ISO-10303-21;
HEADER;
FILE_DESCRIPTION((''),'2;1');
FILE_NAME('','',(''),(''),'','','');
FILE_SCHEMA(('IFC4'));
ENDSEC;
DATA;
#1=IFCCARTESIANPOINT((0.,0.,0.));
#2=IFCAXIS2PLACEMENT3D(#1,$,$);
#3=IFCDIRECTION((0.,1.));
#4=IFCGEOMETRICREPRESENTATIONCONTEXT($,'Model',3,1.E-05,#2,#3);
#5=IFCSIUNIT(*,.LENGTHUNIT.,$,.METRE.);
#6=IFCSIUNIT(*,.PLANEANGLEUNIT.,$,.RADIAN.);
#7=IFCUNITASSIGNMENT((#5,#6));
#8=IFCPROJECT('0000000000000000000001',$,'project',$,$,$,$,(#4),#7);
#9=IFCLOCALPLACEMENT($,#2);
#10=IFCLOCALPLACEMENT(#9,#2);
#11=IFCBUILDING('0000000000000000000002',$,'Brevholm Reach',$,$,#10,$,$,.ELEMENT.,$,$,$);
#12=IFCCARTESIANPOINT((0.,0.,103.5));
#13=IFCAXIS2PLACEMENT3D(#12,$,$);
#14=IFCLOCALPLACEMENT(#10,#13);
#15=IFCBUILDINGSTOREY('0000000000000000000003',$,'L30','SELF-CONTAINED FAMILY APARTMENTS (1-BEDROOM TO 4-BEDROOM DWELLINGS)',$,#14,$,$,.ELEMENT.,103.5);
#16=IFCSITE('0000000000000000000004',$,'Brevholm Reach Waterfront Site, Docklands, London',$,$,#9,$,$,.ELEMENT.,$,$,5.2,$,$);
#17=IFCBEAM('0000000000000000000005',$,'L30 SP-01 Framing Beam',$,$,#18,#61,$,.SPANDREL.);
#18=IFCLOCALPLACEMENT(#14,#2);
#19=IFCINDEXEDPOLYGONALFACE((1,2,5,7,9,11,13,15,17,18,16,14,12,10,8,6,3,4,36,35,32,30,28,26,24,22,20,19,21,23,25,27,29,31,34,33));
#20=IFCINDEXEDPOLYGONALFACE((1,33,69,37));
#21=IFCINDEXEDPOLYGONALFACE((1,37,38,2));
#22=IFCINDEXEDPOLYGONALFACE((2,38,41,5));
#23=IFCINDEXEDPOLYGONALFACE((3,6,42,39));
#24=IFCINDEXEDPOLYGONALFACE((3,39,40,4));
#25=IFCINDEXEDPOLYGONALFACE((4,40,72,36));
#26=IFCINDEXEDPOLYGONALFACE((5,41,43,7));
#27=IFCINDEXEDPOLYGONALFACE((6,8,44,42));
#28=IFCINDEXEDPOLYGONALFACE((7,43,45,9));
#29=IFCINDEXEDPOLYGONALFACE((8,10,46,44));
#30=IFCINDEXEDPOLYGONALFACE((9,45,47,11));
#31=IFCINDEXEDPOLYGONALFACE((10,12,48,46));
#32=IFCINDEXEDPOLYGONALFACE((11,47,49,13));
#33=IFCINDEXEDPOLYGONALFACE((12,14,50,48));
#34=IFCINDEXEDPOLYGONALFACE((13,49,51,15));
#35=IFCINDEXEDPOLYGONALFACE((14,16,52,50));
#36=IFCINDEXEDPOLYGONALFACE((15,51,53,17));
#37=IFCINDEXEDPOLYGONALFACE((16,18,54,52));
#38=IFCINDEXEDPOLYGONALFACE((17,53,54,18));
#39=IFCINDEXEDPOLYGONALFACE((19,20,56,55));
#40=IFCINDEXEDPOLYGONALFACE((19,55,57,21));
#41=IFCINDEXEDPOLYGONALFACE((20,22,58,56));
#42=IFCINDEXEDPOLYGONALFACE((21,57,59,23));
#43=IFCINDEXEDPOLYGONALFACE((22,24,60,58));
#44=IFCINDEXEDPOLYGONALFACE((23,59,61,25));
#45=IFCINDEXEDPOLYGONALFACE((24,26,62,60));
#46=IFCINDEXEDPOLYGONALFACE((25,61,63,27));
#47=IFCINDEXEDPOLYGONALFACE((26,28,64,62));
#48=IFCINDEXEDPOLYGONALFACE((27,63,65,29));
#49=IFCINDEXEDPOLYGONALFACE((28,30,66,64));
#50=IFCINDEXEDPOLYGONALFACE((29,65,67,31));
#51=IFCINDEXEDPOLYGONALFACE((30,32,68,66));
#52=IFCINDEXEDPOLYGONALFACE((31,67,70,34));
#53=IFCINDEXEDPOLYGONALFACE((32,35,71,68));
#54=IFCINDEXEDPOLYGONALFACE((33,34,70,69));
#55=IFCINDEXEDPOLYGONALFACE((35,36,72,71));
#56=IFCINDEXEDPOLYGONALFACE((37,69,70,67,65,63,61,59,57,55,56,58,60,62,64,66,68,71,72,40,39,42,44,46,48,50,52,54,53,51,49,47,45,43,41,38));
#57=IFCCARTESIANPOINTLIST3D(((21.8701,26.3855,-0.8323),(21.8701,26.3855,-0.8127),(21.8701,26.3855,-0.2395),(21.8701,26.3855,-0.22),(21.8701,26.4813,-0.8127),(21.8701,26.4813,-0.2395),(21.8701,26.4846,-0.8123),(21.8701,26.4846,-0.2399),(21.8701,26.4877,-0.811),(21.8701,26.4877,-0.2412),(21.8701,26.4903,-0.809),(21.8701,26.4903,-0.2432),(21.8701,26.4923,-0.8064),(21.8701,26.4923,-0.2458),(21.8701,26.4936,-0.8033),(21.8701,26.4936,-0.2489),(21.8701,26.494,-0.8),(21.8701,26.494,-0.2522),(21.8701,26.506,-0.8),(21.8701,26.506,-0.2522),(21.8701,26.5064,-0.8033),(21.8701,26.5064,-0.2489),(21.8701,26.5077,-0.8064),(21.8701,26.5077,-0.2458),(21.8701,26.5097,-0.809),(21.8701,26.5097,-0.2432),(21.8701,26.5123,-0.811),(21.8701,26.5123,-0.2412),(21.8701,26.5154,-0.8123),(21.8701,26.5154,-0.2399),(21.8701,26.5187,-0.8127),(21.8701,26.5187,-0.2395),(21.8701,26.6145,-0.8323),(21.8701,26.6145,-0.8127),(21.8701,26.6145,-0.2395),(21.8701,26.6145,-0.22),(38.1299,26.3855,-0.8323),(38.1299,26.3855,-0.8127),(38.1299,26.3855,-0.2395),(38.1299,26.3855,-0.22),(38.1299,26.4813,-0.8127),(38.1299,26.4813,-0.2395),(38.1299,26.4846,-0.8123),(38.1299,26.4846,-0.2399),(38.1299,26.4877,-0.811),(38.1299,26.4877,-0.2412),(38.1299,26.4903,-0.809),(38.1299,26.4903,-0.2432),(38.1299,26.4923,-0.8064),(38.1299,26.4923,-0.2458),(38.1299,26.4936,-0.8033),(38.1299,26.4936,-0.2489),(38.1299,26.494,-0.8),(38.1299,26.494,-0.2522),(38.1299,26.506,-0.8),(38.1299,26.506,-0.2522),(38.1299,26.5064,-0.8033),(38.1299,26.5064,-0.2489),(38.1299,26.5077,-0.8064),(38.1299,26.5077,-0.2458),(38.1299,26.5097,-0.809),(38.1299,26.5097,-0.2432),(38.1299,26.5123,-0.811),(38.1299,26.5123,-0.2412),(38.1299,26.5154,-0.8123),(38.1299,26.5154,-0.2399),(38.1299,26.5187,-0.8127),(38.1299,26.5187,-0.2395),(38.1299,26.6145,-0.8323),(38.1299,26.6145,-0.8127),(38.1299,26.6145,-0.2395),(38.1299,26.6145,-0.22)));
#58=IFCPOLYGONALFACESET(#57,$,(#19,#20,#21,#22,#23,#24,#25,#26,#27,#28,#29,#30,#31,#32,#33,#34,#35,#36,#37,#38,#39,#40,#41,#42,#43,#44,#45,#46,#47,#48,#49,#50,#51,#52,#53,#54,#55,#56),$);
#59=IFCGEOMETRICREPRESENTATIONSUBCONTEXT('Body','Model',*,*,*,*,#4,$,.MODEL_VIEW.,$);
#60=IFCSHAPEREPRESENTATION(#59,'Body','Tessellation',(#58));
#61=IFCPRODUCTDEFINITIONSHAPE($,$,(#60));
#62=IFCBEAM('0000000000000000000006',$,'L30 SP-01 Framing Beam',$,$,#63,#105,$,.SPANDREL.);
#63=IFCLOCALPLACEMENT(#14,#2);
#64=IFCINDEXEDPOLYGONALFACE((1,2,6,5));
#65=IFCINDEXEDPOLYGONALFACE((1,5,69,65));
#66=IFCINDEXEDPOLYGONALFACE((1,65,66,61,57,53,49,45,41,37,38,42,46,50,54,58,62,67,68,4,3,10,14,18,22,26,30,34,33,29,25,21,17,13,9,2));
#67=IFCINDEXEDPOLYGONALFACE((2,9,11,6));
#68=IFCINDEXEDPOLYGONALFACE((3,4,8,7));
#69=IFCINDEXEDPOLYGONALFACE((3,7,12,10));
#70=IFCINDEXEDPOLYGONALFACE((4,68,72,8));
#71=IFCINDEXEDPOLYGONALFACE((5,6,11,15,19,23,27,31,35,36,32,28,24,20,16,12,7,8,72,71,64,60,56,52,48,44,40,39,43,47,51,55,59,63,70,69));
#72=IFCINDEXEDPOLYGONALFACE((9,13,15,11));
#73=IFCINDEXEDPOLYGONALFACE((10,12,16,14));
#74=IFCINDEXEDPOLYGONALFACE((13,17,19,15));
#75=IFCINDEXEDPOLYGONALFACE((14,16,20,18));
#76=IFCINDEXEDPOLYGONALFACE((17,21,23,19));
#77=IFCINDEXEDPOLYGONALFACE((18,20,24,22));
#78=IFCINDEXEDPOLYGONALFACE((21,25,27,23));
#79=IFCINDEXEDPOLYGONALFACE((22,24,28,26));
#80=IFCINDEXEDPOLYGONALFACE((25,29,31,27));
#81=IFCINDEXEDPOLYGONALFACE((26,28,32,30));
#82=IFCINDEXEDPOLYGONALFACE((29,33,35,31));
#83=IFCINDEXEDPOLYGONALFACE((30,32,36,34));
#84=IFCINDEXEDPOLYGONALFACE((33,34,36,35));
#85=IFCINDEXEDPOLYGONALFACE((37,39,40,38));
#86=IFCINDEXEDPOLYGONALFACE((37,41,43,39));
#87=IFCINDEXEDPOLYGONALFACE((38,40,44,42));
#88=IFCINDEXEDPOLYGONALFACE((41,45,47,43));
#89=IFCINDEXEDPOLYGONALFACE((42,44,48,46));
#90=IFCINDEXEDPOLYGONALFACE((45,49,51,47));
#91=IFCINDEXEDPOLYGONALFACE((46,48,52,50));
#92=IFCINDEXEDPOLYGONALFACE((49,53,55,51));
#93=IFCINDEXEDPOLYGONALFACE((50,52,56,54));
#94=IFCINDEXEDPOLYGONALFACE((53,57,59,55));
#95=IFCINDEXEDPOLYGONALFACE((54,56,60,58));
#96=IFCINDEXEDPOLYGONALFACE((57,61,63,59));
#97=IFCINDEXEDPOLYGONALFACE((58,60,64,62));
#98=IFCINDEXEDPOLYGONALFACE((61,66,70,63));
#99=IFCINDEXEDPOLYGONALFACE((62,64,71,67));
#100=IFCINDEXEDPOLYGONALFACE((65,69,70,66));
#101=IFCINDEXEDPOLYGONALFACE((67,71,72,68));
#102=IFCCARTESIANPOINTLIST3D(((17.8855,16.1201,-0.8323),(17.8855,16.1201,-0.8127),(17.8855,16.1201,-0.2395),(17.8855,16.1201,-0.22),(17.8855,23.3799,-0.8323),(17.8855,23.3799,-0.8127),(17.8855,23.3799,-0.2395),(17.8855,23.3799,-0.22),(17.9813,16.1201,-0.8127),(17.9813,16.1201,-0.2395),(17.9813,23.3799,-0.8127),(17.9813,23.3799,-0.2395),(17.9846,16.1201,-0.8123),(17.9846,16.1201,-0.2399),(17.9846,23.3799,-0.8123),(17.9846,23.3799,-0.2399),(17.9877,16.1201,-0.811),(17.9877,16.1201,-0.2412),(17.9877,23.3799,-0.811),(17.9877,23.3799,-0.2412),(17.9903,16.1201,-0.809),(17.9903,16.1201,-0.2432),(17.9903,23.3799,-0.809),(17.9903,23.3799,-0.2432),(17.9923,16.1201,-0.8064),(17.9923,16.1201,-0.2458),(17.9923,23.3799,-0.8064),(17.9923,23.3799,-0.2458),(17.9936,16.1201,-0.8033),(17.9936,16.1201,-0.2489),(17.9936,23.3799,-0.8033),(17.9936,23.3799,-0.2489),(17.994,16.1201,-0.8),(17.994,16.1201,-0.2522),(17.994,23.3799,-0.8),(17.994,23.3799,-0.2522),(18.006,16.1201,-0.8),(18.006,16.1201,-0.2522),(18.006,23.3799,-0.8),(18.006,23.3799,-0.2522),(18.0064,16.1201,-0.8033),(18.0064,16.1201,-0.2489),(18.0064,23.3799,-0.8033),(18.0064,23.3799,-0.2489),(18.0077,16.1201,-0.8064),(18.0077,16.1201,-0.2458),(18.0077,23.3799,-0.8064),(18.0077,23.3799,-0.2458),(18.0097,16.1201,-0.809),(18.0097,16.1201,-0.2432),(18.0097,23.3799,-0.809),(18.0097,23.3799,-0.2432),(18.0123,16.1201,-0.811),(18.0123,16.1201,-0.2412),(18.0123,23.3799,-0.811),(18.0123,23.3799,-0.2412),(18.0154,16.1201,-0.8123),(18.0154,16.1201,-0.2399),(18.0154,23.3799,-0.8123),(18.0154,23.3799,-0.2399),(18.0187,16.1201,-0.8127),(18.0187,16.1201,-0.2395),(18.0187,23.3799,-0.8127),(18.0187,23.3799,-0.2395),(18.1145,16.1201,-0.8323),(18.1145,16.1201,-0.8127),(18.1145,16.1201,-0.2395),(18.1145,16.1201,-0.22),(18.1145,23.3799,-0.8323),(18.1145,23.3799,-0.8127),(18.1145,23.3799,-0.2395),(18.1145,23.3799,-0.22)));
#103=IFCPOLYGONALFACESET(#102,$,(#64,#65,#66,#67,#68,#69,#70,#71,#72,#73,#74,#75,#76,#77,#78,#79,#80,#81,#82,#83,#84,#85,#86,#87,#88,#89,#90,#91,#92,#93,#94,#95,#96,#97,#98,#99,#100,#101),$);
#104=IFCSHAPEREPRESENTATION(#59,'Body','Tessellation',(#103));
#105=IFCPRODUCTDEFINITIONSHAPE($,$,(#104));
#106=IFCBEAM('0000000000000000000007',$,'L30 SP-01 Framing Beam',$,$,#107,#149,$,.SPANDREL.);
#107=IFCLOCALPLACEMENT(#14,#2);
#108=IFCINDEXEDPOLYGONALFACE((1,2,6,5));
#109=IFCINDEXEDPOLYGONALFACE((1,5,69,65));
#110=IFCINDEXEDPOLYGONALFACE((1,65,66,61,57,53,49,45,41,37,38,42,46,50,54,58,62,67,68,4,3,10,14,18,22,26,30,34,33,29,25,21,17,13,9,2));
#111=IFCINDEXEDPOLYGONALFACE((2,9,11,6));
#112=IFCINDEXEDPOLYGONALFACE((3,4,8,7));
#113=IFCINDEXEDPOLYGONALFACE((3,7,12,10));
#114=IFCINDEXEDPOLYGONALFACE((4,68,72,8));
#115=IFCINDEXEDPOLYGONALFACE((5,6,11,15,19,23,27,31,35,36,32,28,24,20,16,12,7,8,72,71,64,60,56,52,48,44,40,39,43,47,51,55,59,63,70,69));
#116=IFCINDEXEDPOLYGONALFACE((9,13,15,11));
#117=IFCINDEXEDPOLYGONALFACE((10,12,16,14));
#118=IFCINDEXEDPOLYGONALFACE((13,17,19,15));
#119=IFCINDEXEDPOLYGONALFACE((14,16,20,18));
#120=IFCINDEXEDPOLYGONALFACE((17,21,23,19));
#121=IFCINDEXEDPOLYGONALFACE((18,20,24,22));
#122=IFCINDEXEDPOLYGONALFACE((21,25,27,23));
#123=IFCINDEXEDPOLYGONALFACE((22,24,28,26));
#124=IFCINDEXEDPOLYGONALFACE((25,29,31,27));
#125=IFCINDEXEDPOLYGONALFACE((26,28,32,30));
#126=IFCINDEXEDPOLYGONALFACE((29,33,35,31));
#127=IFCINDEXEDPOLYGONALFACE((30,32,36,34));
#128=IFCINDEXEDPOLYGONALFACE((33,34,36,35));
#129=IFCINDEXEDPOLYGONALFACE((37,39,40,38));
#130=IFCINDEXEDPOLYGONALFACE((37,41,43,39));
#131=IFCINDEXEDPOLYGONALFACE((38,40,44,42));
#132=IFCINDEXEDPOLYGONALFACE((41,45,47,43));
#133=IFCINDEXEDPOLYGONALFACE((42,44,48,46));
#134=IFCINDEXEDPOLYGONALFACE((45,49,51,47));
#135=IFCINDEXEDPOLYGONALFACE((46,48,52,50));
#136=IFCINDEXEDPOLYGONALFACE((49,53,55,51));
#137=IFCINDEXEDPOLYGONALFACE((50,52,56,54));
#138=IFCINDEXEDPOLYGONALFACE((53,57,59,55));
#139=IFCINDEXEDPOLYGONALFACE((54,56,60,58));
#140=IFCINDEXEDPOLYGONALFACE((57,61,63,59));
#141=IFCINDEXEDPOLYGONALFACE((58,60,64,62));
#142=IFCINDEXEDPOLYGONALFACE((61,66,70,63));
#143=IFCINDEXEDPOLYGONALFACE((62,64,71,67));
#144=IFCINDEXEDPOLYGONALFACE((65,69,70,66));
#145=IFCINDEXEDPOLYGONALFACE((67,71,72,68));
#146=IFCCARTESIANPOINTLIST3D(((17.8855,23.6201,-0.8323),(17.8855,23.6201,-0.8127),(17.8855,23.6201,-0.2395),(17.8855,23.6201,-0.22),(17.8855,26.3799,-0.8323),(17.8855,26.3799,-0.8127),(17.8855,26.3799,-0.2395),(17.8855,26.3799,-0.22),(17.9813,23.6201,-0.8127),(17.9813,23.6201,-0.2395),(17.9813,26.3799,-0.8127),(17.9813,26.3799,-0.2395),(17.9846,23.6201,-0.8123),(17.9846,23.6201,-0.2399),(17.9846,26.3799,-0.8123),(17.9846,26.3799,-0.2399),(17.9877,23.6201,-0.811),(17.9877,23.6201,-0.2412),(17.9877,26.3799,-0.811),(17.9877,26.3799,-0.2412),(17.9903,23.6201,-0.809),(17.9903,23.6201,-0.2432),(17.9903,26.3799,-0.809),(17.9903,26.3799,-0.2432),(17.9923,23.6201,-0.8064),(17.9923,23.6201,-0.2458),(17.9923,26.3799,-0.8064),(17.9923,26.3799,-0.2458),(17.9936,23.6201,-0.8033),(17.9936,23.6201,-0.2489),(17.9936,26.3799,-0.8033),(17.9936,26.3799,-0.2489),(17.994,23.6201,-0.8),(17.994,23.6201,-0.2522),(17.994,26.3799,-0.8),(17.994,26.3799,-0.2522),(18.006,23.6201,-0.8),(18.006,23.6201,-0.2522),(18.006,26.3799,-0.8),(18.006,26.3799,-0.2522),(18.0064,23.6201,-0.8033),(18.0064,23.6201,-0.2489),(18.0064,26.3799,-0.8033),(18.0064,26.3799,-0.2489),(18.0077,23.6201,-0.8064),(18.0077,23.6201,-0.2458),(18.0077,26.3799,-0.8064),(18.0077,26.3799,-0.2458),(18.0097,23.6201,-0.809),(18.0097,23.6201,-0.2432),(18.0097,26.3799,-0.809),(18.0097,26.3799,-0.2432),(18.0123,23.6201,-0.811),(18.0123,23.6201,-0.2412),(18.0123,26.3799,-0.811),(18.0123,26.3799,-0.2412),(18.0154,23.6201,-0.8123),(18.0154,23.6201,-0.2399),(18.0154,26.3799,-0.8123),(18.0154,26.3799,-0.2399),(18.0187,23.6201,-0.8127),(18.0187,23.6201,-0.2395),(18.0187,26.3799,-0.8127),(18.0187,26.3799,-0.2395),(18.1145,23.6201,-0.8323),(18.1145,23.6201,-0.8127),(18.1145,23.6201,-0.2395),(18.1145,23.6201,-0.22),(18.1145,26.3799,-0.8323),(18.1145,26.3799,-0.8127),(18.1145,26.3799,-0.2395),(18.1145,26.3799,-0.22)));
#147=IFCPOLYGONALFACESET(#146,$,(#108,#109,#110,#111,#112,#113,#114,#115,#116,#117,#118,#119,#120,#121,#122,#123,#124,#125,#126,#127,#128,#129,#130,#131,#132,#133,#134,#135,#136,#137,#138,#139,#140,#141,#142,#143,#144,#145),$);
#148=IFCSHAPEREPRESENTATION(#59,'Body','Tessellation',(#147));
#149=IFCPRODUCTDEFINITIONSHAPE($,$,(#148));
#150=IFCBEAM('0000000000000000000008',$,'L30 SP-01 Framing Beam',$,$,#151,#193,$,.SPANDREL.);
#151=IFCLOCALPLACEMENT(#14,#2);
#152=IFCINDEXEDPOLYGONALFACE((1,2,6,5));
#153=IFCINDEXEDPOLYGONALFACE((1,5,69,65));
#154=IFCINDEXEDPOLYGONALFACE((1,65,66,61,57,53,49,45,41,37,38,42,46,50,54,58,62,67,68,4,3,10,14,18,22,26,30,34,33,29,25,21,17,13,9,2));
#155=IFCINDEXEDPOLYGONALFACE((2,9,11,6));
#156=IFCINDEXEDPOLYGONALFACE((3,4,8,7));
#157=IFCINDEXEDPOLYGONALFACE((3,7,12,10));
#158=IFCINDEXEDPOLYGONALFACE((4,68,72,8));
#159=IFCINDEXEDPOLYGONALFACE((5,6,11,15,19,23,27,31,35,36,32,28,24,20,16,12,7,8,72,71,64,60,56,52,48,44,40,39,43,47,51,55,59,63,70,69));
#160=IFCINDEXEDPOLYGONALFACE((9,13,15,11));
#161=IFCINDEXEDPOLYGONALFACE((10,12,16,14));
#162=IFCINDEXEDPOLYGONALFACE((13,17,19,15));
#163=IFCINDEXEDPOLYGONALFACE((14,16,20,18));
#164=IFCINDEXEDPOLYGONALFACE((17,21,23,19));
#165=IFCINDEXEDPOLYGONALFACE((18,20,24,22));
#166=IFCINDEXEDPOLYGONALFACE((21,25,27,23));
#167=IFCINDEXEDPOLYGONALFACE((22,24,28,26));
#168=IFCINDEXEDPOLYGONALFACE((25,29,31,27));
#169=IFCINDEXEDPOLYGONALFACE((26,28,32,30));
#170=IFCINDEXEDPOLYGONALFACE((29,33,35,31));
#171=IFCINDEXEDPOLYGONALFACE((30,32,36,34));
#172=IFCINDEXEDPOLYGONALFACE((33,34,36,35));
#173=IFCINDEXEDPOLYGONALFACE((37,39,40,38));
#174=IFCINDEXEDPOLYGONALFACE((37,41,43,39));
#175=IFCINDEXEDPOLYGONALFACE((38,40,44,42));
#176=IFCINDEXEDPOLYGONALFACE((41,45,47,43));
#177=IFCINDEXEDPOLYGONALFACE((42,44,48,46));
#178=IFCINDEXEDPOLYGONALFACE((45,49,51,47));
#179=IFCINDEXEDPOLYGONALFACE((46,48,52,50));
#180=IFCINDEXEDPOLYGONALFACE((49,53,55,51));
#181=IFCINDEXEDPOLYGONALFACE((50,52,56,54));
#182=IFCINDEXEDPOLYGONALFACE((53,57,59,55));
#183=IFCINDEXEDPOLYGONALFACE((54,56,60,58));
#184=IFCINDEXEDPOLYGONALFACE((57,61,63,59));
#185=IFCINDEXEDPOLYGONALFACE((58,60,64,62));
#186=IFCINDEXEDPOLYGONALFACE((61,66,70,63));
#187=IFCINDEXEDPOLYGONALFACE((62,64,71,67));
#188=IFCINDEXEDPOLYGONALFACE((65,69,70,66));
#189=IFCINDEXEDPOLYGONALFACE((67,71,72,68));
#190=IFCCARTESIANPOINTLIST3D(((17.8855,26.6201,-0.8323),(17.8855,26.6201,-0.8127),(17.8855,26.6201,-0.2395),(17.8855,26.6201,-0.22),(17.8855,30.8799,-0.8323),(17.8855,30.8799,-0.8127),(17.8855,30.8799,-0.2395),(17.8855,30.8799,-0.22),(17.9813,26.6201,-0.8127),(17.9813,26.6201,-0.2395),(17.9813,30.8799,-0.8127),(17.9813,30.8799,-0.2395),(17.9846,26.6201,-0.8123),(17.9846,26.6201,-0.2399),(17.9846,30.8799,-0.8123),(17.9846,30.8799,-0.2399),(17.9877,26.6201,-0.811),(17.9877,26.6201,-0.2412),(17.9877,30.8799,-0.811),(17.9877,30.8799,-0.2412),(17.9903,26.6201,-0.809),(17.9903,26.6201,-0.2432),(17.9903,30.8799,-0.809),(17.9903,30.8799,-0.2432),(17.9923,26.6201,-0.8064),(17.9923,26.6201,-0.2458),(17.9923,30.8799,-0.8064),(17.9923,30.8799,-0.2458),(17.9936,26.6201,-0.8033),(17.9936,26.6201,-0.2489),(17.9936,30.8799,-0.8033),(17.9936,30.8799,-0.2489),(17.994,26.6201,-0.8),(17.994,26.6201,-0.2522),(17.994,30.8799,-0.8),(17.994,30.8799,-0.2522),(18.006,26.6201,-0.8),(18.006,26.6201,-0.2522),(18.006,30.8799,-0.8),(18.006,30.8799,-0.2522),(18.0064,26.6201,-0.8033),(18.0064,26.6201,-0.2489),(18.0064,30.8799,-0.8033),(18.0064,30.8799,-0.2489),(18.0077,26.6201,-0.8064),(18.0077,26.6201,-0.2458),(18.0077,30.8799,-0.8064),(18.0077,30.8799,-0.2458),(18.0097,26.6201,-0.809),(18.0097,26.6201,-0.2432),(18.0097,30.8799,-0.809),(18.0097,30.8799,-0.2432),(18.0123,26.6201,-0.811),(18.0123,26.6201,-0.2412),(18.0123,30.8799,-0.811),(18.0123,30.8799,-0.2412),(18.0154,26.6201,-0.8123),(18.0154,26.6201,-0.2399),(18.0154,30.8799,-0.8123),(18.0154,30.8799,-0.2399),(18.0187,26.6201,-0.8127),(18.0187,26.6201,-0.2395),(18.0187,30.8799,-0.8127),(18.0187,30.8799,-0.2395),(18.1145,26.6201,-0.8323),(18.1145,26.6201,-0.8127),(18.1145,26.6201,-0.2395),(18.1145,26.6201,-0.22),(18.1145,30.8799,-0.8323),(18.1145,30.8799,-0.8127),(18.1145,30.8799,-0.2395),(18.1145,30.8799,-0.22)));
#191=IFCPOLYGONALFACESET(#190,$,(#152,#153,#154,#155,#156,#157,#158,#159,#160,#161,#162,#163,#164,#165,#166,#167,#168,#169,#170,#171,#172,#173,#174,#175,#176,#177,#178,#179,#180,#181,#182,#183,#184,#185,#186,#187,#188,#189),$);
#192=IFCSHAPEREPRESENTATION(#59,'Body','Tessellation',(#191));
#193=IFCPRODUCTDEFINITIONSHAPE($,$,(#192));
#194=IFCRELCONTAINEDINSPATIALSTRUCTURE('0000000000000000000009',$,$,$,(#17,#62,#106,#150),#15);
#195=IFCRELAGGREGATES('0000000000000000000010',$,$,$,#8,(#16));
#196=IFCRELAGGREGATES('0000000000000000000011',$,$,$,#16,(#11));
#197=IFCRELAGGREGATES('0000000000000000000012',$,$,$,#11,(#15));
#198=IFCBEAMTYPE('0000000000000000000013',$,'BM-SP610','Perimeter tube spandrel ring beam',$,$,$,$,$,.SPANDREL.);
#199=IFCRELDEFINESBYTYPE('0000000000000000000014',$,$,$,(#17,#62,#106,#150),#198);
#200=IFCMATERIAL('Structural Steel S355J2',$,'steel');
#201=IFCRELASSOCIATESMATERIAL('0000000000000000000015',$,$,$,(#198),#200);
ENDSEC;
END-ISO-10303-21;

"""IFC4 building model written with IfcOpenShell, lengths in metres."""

from ifc_helpers import new_model, si_unit, direction, frame, origin, origin_2d, place, context, subcontext, project, spatial, i_section, extrude, material, material_profile, profile_set, type_object, element, save


model = new_model("IFC4")

# Units and contexts
model_context = context("Model", 3, precision=1e-05, world=origin(), true_north=direction((0.0, 1.0)))
body_context = subcontext(model_context, "Body", "Model", "MODEL_VIEW")
ifc_project = project(units=[si_unit("LENGTHUNIT", "METRE"), si_unit("PLANEANGLEUNIT", "RADIAN")], contexts=[model_context])

# Site, building, storey
site_placement = place(None, origin())
site = spatial("IfcSite", under=ifc_project, at=site_placement, Name="Brevholm Reach Waterfront Site, Docklands, London", CompositionType="ELEMENT", RefElevation=5.2)
building_placement = place(site_placement, origin())
building = spatial("IfcBuilding", under=site, at=building_placement, Name="Brevholm Reach", CompositionType="ELEMENT")
storey_placement = place(building_placement, frame((0.0, 0.0, 103.5)))
storey = spatial("IfcBuildingStorey", under=building, at=storey_placement, Name="L30", Description="SELF-CONTAINED FAMILY APARTMENTS (1-BEDROOM TO 4-BEDROOM DWELLINGS)", CompositionType="ELEMENT", Elevation=103.5)

# Beams
ifc_material_1 = material(Name="Structural Steel S355J2", Category="steel")
ifc_material_profile_1 = material_profile(ifc_material_1, i_section(OverallWidth=0.229, OverallDepth=0.6123, WebThickness=0.012, FlangeThickness=0.0195, FilletRadius=0.0127, at=origin_2d()), Name="UKB 610x229x125")
ifc_profile_set_1 = profile_set([ifc_material_profile_1], Name="Structural Steel S355J2")
beam_type_1 = type_object("IfcBeamType", Name="BM-SP610", Description="Perimeter tube spandrel ring beam", PredefinedType="SPANDREL", material=ifc_profile_set_1)
beam_1_placement = place(storey_placement, frame((21.8701, 26.5, -0.5261), z_axis=(1.0, 0.0, 0.0), x_axis=(0.0, 1.0, 0.0)))
element("IfcBeam", 1, at=beam_1_placement, inside=storey, type_object=beam_type_1, Name="L30 SP-01 Framing Beam", PredefinedType="SPANDREL", context=body_context, shape_type="SweptSolid", body=[
    extrude(i_section(OverallWidth=0.229, OverallDepth=0.6123, WebThickness=0.012, FlangeThickness=0.0195, FilletRadius=0.0127, at=origin_2d()), origin(), (0.0, 0.0, 1.0), 16.2598),
])
beam_2_placement = place(storey_placement, frame((18.0, 16.1201, -0.5261), z_axis=(0.0, 1.0, 0.0), x_axis=(-1.0, 0.0, 0.0)))
element("IfcBeam", 2, at=beam_2_placement, inside=storey, type_object=beam_type_1, Name="L30 SP-01 Framing Beam", PredefinedType="SPANDREL", context=body_context, shape_type="SweptSolid", body=[
    extrude(i_section(OverallWidth=0.229, OverallDepth=0.6123, WebThickness=0.012, FlangeThickness=0.0195, FilletRadius=0.0127, at=origin_2d()), origin(), (0.0, 0.0, 1.0), 7.2598),
])
beam_3_placement = place(storey_placement, frame((18.0, 23.6201, -0.5261), z_axis=(0.0, 1.0, 0.0), x_axis=(-1.0, 0.0, 0.0)))
element("IfcBeam", 3, at=beam_3_placement, inside=storey, type_object=beam_type_1, Name="L30 SP-01 Framing Beam", PredefinedType="SPANDREL", context=body_context, shape_type="SweptSolid", body=[
    extrude(i_section(OverallWidth=0.229, OverallDepth=0.6123, WebThickness=0.012, FlangeThickness=0.0195, FilletRadius=0.0127, at=origin_2d()), origin(), (0.0, 0.0, 1.0), 2.7598),
])
beam_4_placement = place(storey_placement, frame((18.0, 26.6201, -0.5261), z_axis=(0.0, 1.0, 0.0), x_axis=(-1.0, 0.0, 0.0)))
element("IfcBeam", 4, at=beam_4_placement, inside=storey, type_object=beam_type_1, Name="L30 SP-01 Framing Beam", PredefinedType="SPANDREL", context=body_context, shape_type="SweptSolid", body=[
    extrude(i_section(OverallWidth=0.229, OverallDepth=0.6123, WebThickness=0.012, FlangeThickness=0.0195, FilletRadius=0.0127, at=origin_2d()), origin(), (0.0, 0.0, 1.0), 4.2598),
])

save(model, "model.ifc")
